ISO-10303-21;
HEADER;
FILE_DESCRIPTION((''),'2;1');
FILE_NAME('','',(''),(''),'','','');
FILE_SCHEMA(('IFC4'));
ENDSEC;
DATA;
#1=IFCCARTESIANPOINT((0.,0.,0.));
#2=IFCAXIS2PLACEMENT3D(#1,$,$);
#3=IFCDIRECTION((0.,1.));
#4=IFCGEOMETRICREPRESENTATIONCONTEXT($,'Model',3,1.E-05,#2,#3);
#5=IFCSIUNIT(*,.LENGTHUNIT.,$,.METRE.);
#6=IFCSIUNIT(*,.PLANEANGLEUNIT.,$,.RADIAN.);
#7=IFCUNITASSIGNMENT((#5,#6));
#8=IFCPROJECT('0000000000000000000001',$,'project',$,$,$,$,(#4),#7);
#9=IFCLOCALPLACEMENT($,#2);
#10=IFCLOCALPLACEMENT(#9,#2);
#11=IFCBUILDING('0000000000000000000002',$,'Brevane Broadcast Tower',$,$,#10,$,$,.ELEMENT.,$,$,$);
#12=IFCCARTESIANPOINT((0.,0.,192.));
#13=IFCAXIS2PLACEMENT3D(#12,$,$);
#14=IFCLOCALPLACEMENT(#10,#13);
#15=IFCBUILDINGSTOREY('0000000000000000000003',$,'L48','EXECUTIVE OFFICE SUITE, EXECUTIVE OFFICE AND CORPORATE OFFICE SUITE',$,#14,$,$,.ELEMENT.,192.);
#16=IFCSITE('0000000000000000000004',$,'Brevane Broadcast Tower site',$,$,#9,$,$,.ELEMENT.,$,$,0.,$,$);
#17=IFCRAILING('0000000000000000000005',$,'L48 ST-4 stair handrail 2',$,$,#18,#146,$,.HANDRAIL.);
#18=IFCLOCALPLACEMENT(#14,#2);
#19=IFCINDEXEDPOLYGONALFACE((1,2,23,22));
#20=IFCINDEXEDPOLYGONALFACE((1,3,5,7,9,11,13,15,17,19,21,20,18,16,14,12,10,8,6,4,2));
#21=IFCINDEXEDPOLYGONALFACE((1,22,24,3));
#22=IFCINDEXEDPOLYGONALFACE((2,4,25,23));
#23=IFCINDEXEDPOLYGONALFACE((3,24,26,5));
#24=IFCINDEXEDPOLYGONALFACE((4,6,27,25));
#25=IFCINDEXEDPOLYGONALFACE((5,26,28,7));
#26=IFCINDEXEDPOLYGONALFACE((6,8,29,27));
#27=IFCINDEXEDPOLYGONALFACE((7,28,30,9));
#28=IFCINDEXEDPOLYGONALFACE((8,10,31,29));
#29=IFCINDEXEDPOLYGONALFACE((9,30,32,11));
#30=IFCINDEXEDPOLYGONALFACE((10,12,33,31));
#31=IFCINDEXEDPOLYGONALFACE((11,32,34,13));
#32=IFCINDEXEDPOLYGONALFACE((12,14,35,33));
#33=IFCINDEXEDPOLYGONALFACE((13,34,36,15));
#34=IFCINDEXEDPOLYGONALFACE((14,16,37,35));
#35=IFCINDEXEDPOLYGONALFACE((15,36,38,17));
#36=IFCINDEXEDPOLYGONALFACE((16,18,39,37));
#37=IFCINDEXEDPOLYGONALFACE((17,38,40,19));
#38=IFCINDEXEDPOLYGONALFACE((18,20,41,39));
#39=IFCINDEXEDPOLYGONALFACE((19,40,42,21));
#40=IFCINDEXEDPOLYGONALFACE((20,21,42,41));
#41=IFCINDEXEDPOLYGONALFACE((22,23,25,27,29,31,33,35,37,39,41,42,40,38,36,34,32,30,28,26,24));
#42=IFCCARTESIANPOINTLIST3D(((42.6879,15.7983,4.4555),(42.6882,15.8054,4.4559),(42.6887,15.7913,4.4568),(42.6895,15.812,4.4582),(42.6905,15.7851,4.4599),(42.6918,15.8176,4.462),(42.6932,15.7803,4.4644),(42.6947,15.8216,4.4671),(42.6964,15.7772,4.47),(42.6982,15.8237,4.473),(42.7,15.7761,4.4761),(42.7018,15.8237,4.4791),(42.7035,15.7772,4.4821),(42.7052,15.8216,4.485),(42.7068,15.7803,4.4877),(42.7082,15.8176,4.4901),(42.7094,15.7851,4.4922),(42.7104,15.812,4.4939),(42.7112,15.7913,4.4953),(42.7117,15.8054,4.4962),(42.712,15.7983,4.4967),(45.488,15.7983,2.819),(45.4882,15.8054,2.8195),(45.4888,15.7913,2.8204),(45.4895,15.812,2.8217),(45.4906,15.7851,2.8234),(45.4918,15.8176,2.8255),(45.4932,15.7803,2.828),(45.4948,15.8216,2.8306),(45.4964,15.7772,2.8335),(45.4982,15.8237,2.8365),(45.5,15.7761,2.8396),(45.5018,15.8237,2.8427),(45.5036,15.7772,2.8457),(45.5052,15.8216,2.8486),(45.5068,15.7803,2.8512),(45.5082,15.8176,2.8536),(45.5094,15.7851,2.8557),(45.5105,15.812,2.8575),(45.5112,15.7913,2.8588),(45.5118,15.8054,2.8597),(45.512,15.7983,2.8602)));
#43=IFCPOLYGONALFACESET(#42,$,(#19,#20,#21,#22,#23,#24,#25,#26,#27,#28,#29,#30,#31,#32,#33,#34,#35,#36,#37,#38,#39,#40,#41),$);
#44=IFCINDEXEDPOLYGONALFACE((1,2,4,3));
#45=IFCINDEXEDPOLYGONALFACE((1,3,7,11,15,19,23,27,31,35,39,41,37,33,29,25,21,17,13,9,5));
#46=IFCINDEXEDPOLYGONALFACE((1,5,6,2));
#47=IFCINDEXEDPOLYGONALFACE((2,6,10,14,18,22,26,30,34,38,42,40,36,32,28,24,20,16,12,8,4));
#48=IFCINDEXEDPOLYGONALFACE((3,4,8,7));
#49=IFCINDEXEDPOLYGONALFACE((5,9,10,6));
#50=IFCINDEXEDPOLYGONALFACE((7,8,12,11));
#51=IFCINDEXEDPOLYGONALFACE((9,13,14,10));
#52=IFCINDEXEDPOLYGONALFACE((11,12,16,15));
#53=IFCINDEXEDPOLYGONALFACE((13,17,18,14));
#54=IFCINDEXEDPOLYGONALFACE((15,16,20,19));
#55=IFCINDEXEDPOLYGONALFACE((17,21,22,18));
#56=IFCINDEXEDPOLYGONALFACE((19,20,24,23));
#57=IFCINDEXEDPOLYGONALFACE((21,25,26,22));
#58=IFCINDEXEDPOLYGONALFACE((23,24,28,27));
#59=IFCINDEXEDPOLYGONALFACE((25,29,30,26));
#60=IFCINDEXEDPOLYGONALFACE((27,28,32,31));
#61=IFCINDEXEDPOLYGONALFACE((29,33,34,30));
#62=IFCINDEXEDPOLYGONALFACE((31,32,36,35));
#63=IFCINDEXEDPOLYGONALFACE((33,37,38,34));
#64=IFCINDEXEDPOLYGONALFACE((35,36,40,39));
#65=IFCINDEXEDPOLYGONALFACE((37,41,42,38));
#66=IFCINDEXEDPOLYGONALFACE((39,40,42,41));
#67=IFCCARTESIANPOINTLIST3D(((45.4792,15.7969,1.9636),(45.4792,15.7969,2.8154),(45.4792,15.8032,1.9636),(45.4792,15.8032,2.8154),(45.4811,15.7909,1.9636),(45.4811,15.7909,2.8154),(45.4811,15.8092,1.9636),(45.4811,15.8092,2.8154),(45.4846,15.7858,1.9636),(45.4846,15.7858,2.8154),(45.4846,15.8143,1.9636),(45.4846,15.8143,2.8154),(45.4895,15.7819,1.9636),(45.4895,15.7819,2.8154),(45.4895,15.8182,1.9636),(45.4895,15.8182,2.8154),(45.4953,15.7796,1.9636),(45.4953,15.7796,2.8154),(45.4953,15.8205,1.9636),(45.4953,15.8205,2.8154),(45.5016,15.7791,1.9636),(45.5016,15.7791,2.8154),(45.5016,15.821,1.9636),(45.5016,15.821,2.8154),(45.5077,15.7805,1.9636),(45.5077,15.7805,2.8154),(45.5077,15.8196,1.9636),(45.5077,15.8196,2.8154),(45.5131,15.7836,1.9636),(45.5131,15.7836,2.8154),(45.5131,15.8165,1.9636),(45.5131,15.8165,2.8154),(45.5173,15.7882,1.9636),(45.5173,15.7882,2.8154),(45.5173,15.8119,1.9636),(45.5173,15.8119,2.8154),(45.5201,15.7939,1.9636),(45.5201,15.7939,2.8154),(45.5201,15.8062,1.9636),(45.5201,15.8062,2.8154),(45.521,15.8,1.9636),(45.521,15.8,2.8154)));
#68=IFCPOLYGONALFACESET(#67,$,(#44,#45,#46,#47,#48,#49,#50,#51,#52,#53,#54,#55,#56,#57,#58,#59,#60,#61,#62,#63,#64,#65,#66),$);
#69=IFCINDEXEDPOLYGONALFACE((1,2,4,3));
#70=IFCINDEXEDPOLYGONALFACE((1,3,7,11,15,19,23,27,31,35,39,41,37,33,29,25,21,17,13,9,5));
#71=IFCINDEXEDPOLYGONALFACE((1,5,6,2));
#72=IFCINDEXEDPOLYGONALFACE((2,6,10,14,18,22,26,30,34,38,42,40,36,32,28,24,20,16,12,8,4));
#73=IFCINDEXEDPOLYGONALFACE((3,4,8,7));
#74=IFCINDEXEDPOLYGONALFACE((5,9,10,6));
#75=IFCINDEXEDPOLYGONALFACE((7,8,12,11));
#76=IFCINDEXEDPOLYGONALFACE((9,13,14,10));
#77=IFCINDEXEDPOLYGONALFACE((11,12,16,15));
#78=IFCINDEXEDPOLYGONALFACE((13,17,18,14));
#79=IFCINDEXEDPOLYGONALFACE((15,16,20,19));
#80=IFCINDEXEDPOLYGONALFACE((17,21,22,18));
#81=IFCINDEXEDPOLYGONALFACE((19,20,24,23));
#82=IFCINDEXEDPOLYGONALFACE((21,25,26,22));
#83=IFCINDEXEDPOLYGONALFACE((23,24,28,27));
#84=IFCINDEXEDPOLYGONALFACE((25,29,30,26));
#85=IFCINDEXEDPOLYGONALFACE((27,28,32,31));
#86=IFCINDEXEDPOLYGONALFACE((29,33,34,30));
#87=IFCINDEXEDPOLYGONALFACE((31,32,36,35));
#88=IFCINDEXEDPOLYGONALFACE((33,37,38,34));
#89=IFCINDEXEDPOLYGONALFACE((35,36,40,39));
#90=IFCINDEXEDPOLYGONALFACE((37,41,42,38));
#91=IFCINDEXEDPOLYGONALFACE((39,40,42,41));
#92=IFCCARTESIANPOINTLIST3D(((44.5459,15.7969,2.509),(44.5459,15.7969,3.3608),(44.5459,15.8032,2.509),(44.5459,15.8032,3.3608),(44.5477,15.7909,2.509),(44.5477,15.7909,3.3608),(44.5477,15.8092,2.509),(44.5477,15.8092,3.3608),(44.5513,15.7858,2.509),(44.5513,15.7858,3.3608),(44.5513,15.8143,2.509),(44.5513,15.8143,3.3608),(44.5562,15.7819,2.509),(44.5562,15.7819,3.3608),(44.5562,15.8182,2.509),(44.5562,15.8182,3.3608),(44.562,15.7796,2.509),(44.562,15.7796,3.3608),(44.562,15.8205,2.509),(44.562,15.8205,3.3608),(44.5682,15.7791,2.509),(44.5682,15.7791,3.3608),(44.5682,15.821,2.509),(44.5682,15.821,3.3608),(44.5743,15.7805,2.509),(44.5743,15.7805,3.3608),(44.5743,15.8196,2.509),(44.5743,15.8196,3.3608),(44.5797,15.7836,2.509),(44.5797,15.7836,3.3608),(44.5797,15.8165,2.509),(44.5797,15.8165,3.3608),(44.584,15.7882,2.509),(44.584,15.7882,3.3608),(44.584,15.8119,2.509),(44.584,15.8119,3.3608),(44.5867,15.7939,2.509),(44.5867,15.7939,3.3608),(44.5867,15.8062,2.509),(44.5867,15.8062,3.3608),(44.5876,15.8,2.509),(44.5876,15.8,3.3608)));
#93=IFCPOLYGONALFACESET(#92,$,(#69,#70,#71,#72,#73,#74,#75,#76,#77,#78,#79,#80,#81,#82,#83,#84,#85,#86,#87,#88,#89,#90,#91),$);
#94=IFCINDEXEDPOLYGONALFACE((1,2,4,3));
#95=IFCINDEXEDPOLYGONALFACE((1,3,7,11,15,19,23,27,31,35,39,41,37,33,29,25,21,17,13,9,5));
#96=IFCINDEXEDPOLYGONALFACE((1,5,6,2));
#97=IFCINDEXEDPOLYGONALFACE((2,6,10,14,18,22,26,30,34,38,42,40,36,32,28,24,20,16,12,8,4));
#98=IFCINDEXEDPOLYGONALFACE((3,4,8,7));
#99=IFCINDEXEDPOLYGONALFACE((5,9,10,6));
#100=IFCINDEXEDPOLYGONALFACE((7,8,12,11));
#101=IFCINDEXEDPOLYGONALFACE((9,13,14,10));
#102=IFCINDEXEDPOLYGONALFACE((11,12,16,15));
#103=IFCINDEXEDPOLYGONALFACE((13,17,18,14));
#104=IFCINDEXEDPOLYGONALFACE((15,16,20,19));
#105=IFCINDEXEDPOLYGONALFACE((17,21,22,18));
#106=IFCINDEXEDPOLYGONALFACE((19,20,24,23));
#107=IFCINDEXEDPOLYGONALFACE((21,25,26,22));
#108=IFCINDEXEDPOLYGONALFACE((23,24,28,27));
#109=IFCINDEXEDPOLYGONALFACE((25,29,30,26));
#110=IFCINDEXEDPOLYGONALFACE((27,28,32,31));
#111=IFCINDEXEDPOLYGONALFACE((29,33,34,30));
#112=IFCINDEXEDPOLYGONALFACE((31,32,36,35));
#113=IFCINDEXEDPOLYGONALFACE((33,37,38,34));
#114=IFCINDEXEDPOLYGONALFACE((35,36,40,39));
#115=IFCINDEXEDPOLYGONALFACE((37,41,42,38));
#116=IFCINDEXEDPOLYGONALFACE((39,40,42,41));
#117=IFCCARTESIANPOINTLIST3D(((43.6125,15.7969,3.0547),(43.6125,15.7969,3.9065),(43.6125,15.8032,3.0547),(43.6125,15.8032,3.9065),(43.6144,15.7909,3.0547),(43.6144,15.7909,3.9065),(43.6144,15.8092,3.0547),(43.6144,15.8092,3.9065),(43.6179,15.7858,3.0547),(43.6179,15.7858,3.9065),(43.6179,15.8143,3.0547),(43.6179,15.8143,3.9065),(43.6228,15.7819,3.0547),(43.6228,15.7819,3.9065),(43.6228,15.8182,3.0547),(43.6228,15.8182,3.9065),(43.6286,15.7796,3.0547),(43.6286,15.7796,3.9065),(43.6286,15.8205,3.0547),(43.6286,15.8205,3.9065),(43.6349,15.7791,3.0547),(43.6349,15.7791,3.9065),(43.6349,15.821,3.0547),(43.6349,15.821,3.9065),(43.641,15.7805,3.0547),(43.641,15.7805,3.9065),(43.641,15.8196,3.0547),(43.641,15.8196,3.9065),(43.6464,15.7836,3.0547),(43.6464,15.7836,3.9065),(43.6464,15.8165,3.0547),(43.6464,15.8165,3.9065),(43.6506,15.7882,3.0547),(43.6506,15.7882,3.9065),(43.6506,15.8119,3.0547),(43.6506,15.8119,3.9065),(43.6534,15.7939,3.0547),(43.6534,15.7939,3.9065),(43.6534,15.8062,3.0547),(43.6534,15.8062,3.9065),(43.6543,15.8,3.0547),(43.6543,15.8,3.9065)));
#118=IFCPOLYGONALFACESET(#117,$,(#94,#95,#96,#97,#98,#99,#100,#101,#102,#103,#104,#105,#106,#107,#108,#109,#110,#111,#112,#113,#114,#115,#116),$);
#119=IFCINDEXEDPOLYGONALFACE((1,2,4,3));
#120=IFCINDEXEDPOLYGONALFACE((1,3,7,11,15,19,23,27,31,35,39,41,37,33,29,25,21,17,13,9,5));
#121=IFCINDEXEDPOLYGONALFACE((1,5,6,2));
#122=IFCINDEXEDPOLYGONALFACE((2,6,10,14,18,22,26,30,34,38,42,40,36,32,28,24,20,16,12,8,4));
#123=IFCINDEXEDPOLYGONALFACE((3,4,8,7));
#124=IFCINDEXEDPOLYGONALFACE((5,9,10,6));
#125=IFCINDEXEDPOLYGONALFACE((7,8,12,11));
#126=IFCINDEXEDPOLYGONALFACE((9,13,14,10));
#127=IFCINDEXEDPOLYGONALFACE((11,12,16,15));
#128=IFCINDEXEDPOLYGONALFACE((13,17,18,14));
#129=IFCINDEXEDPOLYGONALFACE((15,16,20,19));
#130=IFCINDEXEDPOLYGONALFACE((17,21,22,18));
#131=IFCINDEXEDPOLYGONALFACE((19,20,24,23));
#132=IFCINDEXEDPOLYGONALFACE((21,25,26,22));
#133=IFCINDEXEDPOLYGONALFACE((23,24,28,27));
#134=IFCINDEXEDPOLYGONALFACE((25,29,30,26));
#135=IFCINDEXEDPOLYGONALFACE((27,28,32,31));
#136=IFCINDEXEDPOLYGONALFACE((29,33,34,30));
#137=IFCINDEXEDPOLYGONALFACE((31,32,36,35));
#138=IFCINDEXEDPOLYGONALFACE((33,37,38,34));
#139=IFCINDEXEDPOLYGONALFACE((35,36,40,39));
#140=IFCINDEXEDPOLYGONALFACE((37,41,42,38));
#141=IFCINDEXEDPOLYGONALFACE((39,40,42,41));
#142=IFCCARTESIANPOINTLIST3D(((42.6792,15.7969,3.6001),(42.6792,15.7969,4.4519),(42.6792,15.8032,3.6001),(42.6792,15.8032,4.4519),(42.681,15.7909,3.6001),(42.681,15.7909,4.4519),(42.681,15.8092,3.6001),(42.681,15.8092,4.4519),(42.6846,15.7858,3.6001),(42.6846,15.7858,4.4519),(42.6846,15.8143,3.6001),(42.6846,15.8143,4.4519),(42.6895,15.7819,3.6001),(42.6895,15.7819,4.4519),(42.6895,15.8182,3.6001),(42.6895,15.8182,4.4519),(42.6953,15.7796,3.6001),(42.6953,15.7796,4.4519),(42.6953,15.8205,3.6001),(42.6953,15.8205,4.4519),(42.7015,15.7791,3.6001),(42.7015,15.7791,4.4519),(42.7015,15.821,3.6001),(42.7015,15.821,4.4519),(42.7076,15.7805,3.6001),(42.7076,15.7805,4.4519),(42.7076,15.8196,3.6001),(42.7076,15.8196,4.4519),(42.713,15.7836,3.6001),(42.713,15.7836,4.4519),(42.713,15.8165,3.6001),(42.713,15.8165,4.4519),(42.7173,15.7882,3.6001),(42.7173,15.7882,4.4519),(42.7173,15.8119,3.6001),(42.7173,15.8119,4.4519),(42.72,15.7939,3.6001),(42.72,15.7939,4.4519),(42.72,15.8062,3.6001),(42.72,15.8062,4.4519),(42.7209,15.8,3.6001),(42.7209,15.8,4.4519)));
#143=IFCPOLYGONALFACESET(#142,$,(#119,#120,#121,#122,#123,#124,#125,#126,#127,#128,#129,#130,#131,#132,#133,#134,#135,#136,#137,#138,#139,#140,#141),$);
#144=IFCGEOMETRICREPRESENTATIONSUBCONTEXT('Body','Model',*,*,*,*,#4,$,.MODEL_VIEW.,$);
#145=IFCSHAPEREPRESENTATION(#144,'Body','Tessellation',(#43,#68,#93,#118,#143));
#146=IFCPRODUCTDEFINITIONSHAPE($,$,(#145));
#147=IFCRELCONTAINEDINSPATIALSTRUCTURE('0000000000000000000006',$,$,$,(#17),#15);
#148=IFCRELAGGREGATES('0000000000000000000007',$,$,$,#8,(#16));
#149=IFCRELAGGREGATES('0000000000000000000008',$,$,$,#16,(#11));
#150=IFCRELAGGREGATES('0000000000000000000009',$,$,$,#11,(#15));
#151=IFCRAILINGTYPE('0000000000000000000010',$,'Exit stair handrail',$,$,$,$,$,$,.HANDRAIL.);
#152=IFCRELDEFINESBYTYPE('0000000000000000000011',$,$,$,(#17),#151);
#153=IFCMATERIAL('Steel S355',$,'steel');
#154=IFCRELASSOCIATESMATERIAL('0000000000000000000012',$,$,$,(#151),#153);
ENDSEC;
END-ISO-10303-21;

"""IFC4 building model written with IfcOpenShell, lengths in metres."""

from ifc_helpers import new_model, si_unit, direction, frame, origin, origin_2d, place, context, subcontext, project, spatial, circle, extrude, material, type_object, element, save


model = new_model("IFC4")

# Units and contexts
model_context = context("Model", 3, precision=1e-05, world=origin(), true_north=direction((0.0, 1.0)))
body_context = subcontext(model_context, "Body", "Model", "MODEL_VIEW")
ifc_project = project(units=[si_unit("LENGTHUNIT", "METRE"), si_unit("PLANEANGLEUNIT", "RADIAN")], contexts=[model_context])

# Site, building, storey
site_placement = place(None, origin())
site = spatial("IfcSite", under=ifc_project, at=site_placement, Name="Brevane Broadcast Tower site", CompositionType="ELEMENT", RefElevation=0.0)
building_placement = place(site_placement, origin())
building = spatial("IfcBuilding", under=site, at=building_placement, Name="Brevane Broadcast Tower", CompositionType="ELEMENT")
storey_placement = place(building_placement, frame((0.0, 0.0, 192.0)))
storey = spatial("IfcBuildingStorey", under=building, at=storey_placement, Name="L48", Description="EXECUTIVE OFFICE SUITE, EXECUTIVE OFFICE AND CORPORATE OFFICE SUITE", CompositionType="ELEMENT", Elevation=192.0)

# Railing
ifc_material_1 = material(Name="Steel S355", Category="steel")
railing_type_1 = type_object("IfcRailingType", Name="Exit stair handrail", PredefinedType="HANDRAIL", material=ifc_material_1)
railing_1_placement = place(storey_placement, frame((45.5, 15.8, 1.9636)))
element("IfcRailing", 1, at=railing_1_placement, inside=storey, type_object=railing_type_1, Name="L48 ST-4 stair handrail 2", PredefinedType="HANDRAIL", context=body_context, shape_type="SweptSolid", body=[
    extrude(circle(Radius=0.0239, at=origin_2d()), frame((0.0, 0.0, 0.876), z_axis=(-0.863361, 0.0, 0.504587), x_axis=(0.0, -1.0, 0.0)), (0.0, 0.0, 1.0), 3.2432),
    extrude(circle(Radius=0.021, at=origin_2d()), origin(), (0.0, 0.0, 1.0), 0.8518),
    extrude(circle(Radius=0.021, at=origin_2d()), frame((-0.9333, 0.0, 0.5454)), (0.0, 0.0, 1.0), 0.8518),
    extrude(circle(Radius=0.021, at=origin_2d()), frame((-1.8667, 0.0, 1.0911)), (0.0, 0.0, 1.0), 0.8518),
    extrude(circle(Radius=0.021, at=origin_2d()), frame((-2.8, 0.0, 1.6365)), (0.0, 0.0, 1.0), 0.8518),
])

save(model, "model.ifc")
